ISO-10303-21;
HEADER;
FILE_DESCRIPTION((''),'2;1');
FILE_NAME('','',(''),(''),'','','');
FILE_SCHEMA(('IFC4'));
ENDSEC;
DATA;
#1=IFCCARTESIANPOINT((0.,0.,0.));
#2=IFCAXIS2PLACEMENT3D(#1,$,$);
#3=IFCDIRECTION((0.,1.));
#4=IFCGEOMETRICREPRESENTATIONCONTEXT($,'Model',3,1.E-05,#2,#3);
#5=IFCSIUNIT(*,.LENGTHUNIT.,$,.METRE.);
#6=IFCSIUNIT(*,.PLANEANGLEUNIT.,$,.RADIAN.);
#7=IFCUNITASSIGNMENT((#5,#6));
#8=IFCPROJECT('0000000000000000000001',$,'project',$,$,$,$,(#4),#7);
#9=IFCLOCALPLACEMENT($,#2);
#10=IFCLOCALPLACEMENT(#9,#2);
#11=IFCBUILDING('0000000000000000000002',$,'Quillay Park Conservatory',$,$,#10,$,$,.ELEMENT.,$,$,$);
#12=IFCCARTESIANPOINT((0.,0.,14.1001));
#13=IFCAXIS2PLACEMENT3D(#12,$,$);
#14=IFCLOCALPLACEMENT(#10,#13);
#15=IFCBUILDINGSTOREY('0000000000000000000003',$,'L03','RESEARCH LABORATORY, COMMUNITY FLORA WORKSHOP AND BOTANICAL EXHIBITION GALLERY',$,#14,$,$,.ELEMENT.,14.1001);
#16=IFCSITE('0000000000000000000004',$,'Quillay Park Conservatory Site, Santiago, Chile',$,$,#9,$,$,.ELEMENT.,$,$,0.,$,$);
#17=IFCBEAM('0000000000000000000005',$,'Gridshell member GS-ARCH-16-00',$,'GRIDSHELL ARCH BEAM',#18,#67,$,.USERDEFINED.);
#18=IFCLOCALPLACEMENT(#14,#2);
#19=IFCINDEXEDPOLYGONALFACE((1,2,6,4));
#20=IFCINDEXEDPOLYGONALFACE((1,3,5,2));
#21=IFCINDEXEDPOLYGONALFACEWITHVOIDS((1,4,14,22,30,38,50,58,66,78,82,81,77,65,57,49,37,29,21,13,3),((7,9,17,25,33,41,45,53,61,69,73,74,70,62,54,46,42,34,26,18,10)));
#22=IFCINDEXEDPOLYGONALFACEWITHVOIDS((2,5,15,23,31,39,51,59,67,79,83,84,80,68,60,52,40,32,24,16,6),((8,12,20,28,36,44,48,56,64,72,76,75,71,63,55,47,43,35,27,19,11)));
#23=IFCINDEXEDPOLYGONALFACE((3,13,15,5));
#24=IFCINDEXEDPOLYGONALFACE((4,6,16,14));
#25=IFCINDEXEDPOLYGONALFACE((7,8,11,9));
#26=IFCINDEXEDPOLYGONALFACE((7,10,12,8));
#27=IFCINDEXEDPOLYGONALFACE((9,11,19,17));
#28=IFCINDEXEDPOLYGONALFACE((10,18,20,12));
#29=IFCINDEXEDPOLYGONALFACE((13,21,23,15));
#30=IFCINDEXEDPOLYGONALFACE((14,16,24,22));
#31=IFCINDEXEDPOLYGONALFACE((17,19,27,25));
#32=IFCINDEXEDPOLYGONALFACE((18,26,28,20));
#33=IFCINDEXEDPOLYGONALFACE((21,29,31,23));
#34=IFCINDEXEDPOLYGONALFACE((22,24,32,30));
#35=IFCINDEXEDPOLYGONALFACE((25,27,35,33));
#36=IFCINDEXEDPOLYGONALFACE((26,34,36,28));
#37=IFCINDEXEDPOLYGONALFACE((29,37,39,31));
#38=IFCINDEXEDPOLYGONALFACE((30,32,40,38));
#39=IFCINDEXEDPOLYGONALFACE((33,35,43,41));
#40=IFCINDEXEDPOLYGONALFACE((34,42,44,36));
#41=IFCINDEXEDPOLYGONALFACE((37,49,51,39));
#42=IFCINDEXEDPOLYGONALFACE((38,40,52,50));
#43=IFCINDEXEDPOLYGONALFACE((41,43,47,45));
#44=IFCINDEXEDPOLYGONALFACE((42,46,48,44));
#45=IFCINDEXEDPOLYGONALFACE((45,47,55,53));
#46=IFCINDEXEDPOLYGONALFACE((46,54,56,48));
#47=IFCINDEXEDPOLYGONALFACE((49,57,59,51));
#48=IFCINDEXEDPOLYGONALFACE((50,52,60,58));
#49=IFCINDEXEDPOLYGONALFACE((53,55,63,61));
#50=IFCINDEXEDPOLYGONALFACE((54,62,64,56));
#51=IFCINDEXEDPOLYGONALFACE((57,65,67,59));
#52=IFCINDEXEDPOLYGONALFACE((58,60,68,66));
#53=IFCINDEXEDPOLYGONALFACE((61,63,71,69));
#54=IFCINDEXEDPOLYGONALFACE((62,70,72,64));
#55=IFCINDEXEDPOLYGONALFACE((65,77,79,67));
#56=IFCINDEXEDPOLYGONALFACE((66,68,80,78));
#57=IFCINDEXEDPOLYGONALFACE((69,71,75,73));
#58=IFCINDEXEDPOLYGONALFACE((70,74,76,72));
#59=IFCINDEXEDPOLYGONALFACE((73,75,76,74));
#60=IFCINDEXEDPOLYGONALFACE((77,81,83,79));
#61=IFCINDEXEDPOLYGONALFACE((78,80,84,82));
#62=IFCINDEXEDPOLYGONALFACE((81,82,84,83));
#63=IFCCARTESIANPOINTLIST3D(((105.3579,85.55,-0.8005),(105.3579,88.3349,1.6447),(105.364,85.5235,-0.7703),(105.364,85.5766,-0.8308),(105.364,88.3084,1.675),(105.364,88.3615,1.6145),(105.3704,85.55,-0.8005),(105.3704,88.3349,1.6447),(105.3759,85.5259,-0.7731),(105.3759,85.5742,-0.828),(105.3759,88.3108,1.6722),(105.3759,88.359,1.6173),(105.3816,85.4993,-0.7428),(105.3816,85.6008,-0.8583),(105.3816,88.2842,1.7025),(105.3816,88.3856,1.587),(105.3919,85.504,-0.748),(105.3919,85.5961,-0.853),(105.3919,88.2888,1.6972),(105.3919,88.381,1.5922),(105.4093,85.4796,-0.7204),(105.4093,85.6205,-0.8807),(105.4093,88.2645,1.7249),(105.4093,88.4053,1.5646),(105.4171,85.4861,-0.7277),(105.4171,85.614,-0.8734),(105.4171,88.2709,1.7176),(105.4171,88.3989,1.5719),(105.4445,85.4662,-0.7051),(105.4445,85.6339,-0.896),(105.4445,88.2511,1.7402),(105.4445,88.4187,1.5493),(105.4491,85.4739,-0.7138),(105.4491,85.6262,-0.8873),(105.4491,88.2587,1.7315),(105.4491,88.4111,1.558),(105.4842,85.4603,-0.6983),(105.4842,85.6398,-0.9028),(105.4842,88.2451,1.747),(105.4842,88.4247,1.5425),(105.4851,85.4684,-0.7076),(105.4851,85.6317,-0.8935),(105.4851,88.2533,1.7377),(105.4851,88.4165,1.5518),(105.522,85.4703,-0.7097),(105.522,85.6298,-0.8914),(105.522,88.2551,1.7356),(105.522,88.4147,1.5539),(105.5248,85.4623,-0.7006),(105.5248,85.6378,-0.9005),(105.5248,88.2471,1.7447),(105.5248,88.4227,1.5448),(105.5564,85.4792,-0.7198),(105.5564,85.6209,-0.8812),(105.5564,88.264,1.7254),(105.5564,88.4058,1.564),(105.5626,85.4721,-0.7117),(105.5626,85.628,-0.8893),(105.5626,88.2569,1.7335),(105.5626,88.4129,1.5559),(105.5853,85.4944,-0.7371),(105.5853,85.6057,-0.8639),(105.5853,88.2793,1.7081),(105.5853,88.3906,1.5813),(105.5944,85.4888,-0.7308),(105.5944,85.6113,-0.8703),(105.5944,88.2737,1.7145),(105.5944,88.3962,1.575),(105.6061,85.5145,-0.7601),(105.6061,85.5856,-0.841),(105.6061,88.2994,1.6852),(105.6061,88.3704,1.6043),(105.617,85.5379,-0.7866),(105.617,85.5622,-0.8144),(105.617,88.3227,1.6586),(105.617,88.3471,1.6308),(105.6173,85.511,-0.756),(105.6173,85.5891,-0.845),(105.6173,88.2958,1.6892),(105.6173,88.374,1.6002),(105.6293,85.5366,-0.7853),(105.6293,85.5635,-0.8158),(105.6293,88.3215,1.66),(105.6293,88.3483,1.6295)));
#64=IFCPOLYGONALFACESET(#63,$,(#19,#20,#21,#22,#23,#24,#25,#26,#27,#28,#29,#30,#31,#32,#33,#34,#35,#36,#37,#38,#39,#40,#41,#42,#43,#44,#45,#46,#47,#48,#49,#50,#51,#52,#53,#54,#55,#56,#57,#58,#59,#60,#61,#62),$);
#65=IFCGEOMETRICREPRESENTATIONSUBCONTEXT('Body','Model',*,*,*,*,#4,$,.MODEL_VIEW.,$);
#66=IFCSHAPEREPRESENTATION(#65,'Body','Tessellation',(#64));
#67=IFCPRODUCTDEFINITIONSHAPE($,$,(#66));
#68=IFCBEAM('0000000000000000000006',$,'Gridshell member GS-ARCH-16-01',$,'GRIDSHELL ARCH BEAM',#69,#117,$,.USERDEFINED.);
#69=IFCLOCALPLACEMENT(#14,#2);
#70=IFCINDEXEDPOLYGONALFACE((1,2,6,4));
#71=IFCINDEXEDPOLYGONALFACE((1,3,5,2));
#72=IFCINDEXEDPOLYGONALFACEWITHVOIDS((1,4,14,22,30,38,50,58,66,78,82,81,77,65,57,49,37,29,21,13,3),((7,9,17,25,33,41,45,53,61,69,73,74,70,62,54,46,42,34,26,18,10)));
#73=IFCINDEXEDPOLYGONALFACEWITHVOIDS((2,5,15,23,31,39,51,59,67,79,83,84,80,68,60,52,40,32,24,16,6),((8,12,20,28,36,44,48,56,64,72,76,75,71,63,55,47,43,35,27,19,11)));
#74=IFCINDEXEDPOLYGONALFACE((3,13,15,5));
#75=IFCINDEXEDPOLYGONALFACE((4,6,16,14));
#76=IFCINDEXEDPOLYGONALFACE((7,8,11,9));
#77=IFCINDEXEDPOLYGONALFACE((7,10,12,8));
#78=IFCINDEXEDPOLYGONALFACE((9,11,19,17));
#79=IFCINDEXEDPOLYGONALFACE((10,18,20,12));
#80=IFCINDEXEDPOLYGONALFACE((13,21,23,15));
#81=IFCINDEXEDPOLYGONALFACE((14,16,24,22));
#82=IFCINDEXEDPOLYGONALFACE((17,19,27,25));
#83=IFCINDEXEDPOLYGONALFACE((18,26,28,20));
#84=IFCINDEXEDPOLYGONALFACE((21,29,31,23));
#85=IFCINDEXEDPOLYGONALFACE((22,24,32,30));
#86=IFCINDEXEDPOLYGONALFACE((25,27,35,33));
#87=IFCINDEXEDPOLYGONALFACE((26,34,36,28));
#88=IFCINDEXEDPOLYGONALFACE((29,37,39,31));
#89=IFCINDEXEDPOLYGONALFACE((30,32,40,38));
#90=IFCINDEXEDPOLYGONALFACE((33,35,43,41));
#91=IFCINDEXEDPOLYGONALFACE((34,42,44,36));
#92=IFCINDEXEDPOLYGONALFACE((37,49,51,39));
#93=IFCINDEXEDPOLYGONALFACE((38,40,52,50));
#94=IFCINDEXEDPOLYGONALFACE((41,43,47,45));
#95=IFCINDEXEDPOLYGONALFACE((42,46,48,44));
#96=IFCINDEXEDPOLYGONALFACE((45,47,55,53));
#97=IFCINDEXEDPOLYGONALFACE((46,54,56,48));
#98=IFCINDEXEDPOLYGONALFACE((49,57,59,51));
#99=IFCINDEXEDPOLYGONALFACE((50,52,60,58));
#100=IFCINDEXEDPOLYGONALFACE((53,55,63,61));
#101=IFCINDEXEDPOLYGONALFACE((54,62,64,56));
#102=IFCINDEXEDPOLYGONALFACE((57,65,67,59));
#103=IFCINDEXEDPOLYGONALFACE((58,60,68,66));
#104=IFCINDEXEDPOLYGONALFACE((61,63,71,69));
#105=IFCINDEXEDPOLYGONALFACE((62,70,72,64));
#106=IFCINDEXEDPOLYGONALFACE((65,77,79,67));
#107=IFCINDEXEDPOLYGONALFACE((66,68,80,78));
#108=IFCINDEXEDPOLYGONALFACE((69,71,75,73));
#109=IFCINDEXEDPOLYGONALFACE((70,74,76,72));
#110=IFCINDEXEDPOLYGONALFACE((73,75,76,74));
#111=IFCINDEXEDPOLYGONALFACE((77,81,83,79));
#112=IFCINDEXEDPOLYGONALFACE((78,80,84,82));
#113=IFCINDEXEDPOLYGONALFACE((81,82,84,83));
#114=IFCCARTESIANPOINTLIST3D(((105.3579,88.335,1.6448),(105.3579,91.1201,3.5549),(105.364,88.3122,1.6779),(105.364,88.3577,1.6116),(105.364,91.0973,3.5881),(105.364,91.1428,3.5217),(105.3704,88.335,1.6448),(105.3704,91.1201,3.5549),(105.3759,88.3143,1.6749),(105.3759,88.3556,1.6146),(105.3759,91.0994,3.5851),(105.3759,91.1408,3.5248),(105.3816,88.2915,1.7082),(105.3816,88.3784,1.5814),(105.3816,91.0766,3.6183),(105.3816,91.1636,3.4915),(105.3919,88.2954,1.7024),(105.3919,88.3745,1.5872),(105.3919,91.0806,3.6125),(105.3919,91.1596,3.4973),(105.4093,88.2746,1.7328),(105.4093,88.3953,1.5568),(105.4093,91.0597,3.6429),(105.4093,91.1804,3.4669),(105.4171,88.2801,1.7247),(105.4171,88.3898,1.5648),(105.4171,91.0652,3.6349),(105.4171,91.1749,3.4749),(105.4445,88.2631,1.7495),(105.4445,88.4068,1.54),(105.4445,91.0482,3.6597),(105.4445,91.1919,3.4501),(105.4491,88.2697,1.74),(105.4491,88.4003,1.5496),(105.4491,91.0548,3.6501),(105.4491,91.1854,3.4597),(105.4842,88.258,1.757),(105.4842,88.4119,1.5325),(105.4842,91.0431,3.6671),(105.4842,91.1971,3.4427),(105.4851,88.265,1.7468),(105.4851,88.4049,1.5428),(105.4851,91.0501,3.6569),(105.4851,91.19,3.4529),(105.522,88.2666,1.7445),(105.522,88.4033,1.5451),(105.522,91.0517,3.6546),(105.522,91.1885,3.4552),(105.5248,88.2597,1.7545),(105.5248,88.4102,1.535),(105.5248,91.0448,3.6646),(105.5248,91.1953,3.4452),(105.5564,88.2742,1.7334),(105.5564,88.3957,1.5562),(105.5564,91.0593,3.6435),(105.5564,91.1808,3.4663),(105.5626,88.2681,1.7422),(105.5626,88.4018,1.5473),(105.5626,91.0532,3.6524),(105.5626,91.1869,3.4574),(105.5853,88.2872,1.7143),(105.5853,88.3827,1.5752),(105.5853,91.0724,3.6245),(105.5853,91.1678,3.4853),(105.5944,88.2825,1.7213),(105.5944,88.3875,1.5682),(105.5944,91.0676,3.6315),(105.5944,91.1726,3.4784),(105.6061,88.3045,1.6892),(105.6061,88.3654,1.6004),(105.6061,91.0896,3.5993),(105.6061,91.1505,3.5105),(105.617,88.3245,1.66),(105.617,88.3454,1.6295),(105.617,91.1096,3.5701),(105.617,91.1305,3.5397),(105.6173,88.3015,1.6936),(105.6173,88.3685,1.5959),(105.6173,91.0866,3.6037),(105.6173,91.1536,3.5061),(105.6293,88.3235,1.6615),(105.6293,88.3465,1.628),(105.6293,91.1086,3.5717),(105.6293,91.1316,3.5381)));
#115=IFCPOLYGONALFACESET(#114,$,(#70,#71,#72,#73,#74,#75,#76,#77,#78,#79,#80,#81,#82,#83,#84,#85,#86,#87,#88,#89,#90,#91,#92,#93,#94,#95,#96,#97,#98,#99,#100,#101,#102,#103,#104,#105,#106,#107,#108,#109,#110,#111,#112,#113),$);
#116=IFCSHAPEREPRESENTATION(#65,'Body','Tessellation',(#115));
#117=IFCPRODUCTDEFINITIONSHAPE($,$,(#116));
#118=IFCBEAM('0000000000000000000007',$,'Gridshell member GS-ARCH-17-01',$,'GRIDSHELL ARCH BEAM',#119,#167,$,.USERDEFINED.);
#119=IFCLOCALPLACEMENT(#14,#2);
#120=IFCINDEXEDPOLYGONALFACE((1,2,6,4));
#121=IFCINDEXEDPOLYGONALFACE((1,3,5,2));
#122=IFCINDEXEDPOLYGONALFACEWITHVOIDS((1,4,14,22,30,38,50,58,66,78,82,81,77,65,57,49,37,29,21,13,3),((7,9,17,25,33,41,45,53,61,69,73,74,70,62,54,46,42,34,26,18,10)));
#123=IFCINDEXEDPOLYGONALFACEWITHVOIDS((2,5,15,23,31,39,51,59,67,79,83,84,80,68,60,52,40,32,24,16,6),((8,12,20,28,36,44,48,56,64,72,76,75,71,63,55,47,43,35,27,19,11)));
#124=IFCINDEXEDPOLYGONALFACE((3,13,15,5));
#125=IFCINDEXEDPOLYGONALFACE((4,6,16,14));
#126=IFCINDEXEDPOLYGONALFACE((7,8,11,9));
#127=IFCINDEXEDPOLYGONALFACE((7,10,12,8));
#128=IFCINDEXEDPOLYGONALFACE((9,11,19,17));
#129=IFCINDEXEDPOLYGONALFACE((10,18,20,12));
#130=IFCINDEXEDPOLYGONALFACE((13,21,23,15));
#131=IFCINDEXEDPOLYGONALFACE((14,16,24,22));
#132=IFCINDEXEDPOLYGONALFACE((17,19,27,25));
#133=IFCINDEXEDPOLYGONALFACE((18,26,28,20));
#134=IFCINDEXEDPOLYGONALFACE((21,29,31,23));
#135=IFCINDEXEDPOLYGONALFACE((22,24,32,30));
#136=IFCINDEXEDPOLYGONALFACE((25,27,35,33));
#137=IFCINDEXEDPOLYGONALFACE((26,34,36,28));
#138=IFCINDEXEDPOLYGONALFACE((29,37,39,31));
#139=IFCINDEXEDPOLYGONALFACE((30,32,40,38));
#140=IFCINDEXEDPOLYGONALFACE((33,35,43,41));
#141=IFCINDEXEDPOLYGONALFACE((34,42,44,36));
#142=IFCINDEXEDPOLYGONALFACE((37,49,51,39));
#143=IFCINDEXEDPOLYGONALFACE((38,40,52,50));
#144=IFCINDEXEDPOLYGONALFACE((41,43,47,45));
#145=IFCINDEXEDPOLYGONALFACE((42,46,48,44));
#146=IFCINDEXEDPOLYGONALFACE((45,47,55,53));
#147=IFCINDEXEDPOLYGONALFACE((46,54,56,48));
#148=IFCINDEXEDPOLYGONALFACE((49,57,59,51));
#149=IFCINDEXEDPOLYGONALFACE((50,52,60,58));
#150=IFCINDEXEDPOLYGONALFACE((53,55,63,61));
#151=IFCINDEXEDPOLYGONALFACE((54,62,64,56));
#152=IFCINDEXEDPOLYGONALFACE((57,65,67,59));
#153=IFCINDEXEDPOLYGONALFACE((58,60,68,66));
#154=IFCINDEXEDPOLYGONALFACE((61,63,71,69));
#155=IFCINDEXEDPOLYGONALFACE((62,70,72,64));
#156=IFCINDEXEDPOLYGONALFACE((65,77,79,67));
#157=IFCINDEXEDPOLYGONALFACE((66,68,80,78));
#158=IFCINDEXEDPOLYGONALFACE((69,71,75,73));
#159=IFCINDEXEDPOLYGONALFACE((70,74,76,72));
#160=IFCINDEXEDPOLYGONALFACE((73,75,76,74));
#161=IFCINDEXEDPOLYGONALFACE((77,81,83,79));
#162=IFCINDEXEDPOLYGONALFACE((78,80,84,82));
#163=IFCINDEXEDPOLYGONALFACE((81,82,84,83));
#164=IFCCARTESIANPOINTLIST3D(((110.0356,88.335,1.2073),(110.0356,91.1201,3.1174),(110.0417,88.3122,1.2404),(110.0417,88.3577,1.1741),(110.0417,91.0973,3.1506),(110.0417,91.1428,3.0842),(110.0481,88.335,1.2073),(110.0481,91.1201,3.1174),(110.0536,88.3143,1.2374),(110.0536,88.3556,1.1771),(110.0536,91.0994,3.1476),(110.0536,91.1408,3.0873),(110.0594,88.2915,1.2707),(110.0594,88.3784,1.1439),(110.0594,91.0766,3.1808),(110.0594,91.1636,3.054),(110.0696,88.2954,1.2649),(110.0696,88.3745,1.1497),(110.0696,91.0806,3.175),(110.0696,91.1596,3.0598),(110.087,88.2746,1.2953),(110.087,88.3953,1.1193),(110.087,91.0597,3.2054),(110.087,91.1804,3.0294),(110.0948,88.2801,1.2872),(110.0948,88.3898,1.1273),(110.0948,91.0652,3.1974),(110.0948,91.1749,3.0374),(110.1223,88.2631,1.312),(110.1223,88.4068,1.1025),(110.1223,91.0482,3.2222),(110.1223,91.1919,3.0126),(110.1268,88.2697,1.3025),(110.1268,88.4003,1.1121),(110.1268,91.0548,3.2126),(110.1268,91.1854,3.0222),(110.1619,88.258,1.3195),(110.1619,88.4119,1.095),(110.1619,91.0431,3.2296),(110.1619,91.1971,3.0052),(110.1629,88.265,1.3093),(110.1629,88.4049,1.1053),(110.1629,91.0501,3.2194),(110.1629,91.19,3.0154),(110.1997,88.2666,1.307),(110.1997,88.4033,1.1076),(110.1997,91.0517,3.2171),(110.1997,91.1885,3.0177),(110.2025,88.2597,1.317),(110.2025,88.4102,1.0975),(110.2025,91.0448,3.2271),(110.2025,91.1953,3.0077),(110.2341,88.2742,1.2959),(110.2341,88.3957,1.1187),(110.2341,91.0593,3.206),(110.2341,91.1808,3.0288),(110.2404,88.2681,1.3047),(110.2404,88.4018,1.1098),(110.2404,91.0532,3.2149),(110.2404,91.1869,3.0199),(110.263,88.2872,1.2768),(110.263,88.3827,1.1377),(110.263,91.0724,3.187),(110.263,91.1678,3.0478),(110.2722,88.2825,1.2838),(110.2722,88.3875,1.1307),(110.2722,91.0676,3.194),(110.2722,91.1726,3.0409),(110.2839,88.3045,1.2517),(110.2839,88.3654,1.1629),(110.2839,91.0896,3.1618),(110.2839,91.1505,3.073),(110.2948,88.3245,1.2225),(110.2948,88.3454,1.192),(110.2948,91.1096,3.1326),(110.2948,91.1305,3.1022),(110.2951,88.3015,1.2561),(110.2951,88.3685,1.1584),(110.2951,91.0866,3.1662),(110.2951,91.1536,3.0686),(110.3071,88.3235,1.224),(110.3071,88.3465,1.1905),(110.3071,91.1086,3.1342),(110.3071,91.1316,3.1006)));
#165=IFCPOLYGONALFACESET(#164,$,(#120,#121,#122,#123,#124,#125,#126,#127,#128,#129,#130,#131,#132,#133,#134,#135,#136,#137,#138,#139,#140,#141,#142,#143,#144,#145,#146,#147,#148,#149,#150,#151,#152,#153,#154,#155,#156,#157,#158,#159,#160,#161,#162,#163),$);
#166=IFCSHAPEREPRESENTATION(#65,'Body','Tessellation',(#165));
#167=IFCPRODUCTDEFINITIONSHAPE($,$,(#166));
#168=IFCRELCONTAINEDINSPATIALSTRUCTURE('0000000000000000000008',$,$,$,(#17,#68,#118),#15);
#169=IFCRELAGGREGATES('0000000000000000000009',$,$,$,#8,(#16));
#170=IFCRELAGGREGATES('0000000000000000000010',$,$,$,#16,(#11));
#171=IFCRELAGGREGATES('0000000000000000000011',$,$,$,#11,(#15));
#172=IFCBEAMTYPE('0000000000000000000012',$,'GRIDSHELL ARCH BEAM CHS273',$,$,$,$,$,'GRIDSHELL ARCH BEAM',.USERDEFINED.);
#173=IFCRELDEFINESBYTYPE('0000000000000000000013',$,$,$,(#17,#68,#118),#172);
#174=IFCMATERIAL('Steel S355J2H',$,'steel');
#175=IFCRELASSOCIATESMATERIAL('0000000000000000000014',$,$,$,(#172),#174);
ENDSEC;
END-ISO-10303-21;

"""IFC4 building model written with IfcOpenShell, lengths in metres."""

from ifc_helpers import new_model, si_unit, direction, frame, origin, origin_2d, place, context, subcontext, project, spatial, hollow_circle, extrude, material, material_profile, profile_set, type_object, element, save


model = new_model("IFC4")

# Units and contexts
model_context = context("Model", 3, precision=1e-05, world=origin(), true_north=direction((0.0, 1.0)))
body_context = subcontext(model_context, "Body", "Model", "MODEL_VIEW")
ifc_project = project(units=[si_unit("LENGTHUNIT", "METRE"), si_unit("PLANEANGLEUNIT", "RADIAN")], contexts=[model_context])

# Site, building, storey
site_placement = place(None, origin())
site = spatial("IfcSite", under=ifc_project, at=site_placement, Name="Quillay Park Conservatory Site, Santiago, Chile", CompositionType="ELEMENT", RefElevation=0.0)
building_placement = place(site_placement, origin())
building = spatial("IfcBuilding", under=site, at=building_placement, Name="Quillay Park Conservatory", CompositionType="ELEMENT")
storey_placement = place(building_placement, frame((0.0, 0.0, 14.1001)))
storey = spatial("IfcBuildingStorey", under=building, at=storey_placement, Name="L03", Description="RESEARCH LABORATORY, COMMUNITY FLORA WORKSHOP AND BOTANICAL EXHIBITION GALLERY", CompositionType="ELEMENT", Elevation=14.1001)

# Beams
ifc_material_1 = material(Name="Steel S355J2H", Category="steel")
ifc_material_profile_1 = material_profile(ifc_material_1, hollow_circle(Radius=0.1365, WallThickness=0.0125, at=origin_2d()), Name="CHS273x12.5")
ifc_profile_set_1 = profile_set([ifc_material_profile_1], Name="Steel S355J2H")
beam_type = type_object("IfcBeamType", Name="GRIDSHELL ARCH BEAM CHS273", ElementType="GRIDSHELL ARCH BEAM", PredefinedType="USERDEFINED", material=ifc_profile_set_1)
beam_placement = place(storey_placement, frame((105.4944, 85.55, -0.8005), z_axis=(0.0, 0.751437, 0.659805), x_axis=(-1.0, 0.0, 0.0)))
element("IfcBeam", 1, at=beam_placement, inside=storey, type_object=beam_type, Name="Gridshell member GS-ARCH-16-00", ObjectType="GRIDSHELL ARCH BEAM", PredefinedType="USERDEFINED", context=body_context, shape_type="SweptSolid", body=[
    extrude(hollow_circle(Radius=0.1365, WallThickness=0.0125, at=origin_2d()), origin(), (0.0, 0.0, 1.0), 3.7061),
])
for number, where, z_axis, x_axis, name in (
    (2, (105.4944, 88.335, 1.6448), (0.0, 0.824683, 0.565596), (-1.0, 0.0, 0.0), "Gridshell member GS-ARCH-16-01"),
    (3, (110.1721, 88.335, 1.2073), (0.0, 0.824683, 0.565596), (-1.0, 0.0, 0.0), "Gridshell member GS-ARCH-17-01"),
):
    element("IfcBeam", number, at=place(storey_placement, frame(where, z_axis=z_axis, x_axis=x_axis)), inside=storey, type_object=beam_type, Name=name, ObjectType="GRIDSHELL ARCH BEAM", PredefinedType="USERDEFINED", context=body_context, shape_type="SweptSolid", body=[
        extrude(hollow_circle(Radius=0.1365, WallThickness=0.0125, at=origin_2d()), origin(), (0.0, 0.0, 1.0), 3.3772),
    ])

save(model, "model.ifc")
